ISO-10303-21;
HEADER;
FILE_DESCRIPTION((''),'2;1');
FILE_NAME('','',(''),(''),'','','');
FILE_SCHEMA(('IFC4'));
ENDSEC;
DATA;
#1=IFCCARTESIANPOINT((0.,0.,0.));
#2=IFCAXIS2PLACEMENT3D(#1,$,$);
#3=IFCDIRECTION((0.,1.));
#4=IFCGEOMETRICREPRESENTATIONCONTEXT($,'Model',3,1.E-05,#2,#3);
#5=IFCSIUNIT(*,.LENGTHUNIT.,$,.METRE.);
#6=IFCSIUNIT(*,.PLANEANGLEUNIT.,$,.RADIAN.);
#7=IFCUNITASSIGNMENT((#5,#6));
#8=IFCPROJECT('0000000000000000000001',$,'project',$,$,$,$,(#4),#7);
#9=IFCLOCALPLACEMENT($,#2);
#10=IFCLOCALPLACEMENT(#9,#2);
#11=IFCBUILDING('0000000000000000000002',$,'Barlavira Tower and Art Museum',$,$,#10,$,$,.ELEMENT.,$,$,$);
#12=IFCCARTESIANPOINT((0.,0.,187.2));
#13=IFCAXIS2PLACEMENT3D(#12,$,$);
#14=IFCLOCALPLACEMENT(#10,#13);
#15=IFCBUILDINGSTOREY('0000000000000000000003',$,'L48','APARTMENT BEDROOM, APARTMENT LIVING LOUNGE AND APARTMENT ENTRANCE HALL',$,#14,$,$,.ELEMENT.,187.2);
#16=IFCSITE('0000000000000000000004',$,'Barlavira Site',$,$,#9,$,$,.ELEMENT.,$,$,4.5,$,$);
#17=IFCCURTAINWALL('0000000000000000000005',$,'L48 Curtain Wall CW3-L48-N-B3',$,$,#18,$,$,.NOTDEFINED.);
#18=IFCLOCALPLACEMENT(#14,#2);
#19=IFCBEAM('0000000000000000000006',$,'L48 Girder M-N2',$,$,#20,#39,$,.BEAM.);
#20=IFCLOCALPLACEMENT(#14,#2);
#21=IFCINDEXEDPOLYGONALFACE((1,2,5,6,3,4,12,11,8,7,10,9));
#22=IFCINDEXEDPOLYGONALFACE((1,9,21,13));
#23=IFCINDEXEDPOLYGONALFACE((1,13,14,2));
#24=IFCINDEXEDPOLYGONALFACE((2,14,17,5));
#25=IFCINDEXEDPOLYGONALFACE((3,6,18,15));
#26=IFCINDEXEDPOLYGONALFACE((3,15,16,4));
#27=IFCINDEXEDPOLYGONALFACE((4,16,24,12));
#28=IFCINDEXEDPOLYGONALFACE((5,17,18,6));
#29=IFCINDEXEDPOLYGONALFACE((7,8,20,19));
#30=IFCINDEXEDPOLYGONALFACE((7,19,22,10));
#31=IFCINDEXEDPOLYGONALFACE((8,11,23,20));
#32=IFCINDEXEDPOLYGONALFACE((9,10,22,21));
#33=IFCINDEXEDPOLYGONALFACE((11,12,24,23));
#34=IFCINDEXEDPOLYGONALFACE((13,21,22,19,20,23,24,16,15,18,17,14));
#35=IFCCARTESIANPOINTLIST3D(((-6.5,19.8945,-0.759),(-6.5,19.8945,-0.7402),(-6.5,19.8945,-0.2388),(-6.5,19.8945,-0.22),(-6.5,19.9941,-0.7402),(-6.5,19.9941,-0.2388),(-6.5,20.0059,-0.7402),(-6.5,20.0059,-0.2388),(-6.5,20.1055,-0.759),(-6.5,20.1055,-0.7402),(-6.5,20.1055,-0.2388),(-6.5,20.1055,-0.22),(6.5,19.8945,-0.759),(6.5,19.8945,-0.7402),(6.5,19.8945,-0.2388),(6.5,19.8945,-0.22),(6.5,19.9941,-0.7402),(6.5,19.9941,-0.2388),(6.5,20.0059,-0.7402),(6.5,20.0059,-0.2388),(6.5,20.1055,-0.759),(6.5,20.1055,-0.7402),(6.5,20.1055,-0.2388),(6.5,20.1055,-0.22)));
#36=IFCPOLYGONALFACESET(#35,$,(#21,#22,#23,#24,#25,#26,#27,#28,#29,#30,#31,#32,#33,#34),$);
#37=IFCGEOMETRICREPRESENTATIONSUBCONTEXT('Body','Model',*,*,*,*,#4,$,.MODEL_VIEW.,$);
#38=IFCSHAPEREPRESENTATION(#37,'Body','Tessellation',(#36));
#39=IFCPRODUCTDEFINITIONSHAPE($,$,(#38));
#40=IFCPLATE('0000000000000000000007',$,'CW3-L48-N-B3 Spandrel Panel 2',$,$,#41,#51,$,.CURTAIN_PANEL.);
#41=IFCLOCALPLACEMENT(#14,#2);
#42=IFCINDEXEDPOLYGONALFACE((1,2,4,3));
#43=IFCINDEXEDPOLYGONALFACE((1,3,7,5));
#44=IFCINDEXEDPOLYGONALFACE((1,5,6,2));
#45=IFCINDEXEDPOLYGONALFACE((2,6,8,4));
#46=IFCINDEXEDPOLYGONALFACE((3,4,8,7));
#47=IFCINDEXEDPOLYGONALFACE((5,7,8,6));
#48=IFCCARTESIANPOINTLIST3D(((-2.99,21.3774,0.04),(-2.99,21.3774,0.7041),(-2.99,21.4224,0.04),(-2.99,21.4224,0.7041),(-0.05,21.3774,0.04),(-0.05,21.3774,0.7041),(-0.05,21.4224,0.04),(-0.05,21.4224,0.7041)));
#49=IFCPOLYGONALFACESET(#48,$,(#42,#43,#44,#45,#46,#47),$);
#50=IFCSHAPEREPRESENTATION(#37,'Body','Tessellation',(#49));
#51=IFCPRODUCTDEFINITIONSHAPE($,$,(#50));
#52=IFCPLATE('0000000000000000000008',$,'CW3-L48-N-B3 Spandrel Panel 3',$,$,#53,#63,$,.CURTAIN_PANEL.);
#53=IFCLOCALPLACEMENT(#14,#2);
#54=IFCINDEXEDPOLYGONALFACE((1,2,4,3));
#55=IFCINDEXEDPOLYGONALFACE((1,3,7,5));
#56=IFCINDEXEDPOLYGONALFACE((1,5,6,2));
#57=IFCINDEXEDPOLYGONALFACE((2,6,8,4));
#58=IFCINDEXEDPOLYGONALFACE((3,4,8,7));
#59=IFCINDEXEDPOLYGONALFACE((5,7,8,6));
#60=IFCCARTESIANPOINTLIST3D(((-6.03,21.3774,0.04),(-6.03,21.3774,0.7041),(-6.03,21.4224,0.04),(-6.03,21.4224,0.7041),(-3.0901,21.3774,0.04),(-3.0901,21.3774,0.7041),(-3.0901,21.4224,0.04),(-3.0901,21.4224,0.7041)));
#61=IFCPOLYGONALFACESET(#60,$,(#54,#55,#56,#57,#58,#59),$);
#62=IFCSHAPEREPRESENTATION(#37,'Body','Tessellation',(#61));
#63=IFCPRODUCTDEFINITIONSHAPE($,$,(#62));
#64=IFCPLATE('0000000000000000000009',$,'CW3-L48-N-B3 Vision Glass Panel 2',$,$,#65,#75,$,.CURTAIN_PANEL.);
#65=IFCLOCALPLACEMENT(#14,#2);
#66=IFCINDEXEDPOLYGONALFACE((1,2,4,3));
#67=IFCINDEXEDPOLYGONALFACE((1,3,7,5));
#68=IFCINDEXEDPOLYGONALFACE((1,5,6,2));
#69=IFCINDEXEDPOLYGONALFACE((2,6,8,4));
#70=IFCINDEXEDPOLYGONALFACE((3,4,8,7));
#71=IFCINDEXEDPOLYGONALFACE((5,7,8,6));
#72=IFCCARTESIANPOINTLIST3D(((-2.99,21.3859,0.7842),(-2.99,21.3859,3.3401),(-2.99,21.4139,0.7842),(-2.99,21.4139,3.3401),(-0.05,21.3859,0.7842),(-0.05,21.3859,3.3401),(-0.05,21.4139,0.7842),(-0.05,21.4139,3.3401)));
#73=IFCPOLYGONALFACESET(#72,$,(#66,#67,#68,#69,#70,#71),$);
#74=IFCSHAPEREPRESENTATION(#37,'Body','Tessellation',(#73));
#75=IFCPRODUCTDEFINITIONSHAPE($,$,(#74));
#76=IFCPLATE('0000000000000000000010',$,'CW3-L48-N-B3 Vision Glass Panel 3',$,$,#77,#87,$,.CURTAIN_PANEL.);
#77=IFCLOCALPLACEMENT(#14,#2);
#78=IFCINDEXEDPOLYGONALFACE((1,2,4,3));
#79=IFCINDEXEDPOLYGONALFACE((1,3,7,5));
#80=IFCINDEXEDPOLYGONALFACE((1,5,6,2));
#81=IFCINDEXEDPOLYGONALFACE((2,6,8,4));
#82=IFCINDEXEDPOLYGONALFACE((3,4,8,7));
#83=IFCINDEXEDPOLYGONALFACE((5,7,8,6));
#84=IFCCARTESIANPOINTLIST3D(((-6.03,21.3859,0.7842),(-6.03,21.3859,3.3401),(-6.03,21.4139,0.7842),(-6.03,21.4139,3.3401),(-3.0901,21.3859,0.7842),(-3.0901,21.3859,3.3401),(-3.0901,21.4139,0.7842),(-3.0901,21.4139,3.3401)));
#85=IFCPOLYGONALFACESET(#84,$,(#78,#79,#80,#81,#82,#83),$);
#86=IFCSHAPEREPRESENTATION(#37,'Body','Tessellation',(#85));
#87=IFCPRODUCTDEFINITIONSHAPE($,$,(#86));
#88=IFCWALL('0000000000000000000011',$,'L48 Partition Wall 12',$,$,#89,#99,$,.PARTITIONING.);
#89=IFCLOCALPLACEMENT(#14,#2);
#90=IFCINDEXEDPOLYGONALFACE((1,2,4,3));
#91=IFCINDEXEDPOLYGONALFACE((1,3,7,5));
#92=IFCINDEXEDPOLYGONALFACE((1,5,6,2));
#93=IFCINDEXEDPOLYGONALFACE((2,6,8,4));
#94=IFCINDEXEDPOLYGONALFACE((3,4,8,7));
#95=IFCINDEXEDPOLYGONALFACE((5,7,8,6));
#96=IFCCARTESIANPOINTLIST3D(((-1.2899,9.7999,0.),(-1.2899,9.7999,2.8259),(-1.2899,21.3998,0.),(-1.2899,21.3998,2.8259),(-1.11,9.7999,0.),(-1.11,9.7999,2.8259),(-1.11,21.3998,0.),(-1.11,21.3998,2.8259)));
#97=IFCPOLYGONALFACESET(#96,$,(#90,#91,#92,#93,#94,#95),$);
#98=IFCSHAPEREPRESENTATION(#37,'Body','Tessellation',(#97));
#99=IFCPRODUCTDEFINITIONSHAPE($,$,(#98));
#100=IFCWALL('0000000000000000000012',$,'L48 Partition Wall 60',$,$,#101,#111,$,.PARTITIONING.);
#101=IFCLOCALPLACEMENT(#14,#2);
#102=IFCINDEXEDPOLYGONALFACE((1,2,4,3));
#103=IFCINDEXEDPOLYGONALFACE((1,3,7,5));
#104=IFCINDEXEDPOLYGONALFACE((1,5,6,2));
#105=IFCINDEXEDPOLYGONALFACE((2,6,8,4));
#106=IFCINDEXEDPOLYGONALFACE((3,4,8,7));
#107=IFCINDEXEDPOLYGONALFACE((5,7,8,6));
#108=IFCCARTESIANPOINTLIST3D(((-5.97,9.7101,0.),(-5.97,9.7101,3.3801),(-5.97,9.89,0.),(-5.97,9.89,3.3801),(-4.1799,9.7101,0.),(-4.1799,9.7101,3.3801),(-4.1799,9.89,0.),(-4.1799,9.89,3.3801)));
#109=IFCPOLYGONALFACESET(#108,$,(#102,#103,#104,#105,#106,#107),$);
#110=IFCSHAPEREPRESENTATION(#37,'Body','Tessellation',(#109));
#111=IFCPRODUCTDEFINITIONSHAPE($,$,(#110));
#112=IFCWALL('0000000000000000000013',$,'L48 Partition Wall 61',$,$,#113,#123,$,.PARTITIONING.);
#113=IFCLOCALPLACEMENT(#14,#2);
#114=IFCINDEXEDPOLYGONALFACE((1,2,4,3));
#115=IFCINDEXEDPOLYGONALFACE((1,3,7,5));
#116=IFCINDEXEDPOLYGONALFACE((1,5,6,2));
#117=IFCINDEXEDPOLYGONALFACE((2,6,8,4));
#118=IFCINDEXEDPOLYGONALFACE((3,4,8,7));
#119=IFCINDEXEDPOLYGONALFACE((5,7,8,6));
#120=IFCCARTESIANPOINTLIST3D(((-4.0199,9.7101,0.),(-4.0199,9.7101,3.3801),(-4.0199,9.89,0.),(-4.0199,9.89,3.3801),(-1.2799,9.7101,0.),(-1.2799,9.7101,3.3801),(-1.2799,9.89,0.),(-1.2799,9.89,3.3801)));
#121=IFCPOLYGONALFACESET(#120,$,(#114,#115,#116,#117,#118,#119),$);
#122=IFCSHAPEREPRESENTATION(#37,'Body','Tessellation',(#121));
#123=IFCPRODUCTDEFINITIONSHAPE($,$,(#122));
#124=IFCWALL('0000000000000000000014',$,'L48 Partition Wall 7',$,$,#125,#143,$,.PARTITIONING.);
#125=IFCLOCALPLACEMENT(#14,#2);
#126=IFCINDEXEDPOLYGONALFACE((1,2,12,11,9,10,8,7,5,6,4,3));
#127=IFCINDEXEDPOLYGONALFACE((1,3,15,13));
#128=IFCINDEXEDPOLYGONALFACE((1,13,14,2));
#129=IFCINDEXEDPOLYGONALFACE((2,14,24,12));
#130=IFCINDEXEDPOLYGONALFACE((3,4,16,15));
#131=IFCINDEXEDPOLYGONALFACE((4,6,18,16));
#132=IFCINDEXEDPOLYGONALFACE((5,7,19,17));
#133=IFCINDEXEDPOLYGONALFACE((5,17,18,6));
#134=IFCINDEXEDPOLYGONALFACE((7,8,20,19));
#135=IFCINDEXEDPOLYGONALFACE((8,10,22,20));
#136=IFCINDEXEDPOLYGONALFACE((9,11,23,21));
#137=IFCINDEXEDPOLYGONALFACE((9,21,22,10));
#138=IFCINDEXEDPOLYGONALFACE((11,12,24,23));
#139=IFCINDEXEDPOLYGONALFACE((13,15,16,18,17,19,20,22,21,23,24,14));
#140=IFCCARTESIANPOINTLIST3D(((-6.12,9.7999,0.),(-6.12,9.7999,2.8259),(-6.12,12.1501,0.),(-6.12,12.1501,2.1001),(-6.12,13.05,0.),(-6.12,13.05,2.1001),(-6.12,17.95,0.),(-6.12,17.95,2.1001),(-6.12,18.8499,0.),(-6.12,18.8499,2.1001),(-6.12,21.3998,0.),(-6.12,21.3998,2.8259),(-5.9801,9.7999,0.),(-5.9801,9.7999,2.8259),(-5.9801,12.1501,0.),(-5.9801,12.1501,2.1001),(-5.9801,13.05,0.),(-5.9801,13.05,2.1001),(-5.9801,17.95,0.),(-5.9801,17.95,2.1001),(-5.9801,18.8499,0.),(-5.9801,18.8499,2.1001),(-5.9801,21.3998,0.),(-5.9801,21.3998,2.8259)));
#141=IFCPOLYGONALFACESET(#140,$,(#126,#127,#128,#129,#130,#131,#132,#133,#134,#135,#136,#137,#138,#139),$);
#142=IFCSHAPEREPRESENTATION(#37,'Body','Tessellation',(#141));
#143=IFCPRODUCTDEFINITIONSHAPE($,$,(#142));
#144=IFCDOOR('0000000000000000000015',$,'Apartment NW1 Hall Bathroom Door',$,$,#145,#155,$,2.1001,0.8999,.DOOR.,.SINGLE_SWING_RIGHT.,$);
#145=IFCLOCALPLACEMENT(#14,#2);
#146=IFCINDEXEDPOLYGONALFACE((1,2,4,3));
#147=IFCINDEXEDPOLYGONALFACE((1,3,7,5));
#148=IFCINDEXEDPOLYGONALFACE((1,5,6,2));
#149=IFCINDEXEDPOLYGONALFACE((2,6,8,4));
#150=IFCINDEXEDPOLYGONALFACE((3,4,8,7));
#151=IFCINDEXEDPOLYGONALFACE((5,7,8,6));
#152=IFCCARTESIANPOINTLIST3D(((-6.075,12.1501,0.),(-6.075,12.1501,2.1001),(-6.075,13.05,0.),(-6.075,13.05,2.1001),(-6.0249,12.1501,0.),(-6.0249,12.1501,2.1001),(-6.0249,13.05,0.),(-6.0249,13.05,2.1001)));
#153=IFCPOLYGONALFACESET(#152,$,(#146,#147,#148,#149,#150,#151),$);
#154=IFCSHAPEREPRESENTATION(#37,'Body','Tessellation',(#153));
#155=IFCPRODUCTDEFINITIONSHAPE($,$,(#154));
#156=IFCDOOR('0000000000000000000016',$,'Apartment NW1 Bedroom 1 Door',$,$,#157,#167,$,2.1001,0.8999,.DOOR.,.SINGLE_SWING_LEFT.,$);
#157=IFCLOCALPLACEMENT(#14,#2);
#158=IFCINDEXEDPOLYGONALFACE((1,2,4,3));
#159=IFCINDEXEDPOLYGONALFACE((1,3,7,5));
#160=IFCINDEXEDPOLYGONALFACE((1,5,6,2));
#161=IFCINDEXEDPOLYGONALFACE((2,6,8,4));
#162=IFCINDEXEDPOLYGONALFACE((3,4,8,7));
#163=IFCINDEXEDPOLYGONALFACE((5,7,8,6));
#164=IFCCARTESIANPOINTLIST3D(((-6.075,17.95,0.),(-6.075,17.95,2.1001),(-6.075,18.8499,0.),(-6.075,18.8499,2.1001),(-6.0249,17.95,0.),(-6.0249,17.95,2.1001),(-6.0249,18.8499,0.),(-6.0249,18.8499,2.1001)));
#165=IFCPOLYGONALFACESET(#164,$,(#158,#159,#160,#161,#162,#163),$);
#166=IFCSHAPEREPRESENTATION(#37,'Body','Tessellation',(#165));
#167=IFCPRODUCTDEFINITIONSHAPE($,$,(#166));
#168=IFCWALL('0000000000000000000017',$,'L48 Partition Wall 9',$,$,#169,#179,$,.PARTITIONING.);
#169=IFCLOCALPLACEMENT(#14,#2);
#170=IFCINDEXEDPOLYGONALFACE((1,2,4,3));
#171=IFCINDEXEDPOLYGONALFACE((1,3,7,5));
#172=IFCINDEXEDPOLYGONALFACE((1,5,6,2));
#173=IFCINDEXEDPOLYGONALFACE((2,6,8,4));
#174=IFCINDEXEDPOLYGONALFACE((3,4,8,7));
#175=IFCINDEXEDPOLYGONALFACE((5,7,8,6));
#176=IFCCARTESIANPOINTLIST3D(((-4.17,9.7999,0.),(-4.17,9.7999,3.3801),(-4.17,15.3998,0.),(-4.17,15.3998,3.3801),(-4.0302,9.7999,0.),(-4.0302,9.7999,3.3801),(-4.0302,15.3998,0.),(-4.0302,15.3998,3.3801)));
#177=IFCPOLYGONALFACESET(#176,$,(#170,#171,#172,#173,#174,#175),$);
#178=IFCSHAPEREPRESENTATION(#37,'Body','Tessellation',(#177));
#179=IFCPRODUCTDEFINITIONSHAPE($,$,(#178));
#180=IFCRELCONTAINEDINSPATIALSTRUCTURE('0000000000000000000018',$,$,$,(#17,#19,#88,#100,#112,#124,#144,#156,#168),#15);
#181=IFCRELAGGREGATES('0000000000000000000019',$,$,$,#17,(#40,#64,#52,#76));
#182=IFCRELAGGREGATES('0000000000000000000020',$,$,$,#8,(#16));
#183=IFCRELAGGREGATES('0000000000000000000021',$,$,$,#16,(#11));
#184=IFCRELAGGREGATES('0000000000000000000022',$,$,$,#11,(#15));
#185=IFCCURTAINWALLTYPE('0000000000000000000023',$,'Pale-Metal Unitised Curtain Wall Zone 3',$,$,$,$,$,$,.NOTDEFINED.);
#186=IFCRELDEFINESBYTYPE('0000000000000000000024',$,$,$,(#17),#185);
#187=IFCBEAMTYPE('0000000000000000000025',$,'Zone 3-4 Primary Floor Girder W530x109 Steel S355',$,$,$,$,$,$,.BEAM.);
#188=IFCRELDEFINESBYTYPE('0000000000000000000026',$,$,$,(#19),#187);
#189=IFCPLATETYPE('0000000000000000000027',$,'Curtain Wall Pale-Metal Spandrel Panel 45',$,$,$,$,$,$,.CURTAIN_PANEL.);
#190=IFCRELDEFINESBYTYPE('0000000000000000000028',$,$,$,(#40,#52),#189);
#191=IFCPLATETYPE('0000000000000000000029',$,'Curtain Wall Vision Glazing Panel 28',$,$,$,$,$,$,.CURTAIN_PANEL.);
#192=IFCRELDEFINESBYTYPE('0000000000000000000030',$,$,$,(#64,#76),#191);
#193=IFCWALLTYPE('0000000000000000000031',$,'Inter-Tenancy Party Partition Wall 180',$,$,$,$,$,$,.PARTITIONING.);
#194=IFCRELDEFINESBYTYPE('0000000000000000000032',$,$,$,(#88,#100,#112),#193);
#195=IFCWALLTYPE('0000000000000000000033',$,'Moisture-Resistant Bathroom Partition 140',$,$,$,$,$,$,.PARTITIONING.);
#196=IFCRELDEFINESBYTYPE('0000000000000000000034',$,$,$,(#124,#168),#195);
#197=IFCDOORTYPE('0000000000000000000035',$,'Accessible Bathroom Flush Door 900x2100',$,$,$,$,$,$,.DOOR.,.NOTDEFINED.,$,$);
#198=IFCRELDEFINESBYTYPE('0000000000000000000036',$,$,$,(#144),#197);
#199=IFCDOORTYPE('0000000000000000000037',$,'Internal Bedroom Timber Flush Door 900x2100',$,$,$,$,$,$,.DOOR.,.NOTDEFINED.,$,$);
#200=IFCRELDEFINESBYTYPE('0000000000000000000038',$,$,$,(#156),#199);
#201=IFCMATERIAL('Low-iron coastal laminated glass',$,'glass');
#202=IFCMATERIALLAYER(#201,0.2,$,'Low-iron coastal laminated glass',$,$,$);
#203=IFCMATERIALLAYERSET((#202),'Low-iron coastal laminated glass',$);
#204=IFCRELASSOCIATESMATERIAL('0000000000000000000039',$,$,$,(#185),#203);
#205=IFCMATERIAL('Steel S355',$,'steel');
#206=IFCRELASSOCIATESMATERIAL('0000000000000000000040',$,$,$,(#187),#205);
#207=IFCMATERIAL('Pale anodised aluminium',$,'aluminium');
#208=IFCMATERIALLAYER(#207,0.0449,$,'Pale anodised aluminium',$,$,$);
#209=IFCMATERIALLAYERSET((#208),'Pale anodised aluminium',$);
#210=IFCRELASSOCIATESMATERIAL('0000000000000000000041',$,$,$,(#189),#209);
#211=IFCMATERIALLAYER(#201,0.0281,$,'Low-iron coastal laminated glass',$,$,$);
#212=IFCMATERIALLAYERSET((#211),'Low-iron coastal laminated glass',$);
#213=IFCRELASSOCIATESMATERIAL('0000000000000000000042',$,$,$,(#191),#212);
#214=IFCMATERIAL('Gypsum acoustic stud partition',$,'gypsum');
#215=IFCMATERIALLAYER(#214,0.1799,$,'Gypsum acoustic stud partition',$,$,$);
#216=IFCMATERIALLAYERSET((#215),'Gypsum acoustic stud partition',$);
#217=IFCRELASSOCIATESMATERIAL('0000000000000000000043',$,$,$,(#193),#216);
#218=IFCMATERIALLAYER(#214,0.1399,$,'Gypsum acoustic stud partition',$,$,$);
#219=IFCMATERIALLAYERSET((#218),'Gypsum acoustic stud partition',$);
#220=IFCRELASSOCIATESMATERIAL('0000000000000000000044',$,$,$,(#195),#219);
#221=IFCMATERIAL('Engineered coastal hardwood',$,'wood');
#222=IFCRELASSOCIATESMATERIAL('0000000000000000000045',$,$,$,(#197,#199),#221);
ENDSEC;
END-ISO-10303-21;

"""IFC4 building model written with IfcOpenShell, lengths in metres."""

from ifc_helpers import new_model, si_unit, direction, frame, frame_2d, origin, origin_2d, place, context, subcontext, project, spatial, rectangle, i_section, extrude, material, layer, layer_set, material_profile, profile_set, type_object, element, fill, aggregate, save


model = new_model("IFC4")

# Units and contexts
model_context = context("Model", 3, precision=1e-05, world=origin(), true_north=direction((0.0, 1.0)))
body_context = subcontext(model_context, "Body", "Model", "MODEL_VIEW")
ifc_project = project(units=[si_unit("LENGTHUNIT", "METRE"), si_unit("PLANEANGLEUNIT", "RADIAN")], contexts=[model_context])

# Site, building, storey
site_placement = place(None, origin())
site = spatial("IfcSite", under=ifc_project, at=site_placement, Name="Barlavira Site", CompositionType="ELEMENT", RefElevation=4.5)
building_placement = place(site_placement, origin())
building = spatial("IfcBuilding", under=site, at=building_placement, Name="Barlavira Tower and Art Museum", CompositionType="ELEMENT")
storey_placement = place(building_placement, frame((0.0, 0.0, 187.2)))
storey = spatial("IfcBuildingStorey", under=building, at=storey_placement, Name="L48", Description="APARTMENT BEDROOM, APARTMENT LIVING LOUNGE AND APARTMENT ENTRANCE HALL", CompositionType="ELEMENT", Elevation=187.2)

# Curtain wall
ifc_material_1 = material(Name="Low-iron coastal laminated glass", Category="glass")
ifc_layer_1 = layer(ifc_material_1, 0.2, Name="Low-iron coastal laminated glass")
ifc_layer_set_1 = layer_set([ifc_layer_1], Name="Low-iron coastal laminated glass")
curtain_wall_type = type_object("IfcCurtainWallType", Name="Pale-Metal Unitised Curtain Wall Zone 3", PredefinedType="NOTDEFINED", material=ifc_layer_set_1)
curtain_wall_placement = place(storey_placement, origin())
curtain_wall = element("IfcCurtainWall", 1, at=curtain_wall_placement, inside=storey, type_object=curtain_wall_type, Name="L48 Curtain Wall CW3-L48-N-B3", PredefinedType="NOTDEFINED")
ifc_material_2 = material(Name="Pale anodised aluminium", Category="aluminium")

# Beam
ifc_material_3 = material(Name="Steel S355", Category="steel")
ifc_material_profile_1 = material_profile(ifc_material_3, i_section(OverallWidth=0.2109, OverallDepth=0.5391, WebThickness=0.0117, FlangeThickness=0.0188, at=origin_2d()), Name="W530x109.0")
ifc_profile_set_1 = profile_set([ifc_material_profile_1], Name="Steel S355")
beam_type_1 = type_object("IfcBeamType", Name="Zone 3-4 Primary Floor Girder W530x109 Steel S355", PredefinedType="BEAM", material=ifc_profile_set_1)
beam_1_placement = place(storey_placement, frame((-6.5, 20.0, -0.4895), z_axis=(1.0, 0.0, 0.0), x_axis=(0.0, 1.0, 0.0)))
element("IfcBeam", 2, at=beam_1_placement, inside=storey, type_object=beam_type_1, Name="L48 Girder M-N2", PredefinedType="BEAM", context=body_context, shape_type="SweptSolid", body=[
    extrude(i_section(OverallWidth=0.2109, OverallDepth=0.5391, WebThickness=0.0117, FlangeThickness=0.0188, at=origin_2d()), origin(), (0.0, 0.0, 1.0), 13.0),
])

# Plates
ifc_layer_2 = layer(ifc_material_2, 0.0449, Name="Pale anodised aluminium")
ifc_layer_set_2 = layer_set([ifc_layer_2], Name="Pale anodised aluminium")
plate_type_1 = type_object("IfcPlateType", Name="Curtain Wall Pale-Metal Spandrel Panel 45", PredefinedType="CURTAIN_PANEL", material=ifc_layer_set_2)
plate_1_placement = place(storey_placement, frame((-1.52, 21.3999, 0.04), z_axis=(0.0, 0.0, 1.0), x_axis=(-1.0, 0.0, 0.0)))
plate_1 = element("IfcPlate", 3, at=plate_1_placement, type_object=plate_type_1, Name="CW3-L48-N-B3 Spandrel Panel 2", PredefinedType="CURTAIN_PANEL", context=body_context, shape_type="SweptSolid", body=[
    extrude(rectangle(XDim=2.9399, YDim=0.0449, at=origin_2d()), origin(), (0.0, 0.0, 1.0), 0.6641),
])
plate_2_placement = place(storey_placement, frame((-4.5601, 21.3999, 0.04), z_axis=(0.0, 0.0, 1.0), x_axis=(-1.0, 0.0, 0.0)))
plate_2 = element("IfcPlate", 4, at=plate_2_placement, type_object=plate_type_1, Name="CW3-L48-N-B3 Spandrel Panel 3", PredefinedType="CURTAIN_PANEL", context=body_context, shape_type="SweptSolid", body=[
    extrude(rectangle(XDim=2.9399, YDim=0.0449, at=origin_2d()), origin(), (0.0, 0.0, 1.0), 0.6641),
])
ifc_layer_3 = layer(ifc_material_1, 0.0281, Name="Low-iron coastal laminated glass")
ifc_layer_set_3 = layer_set([ifc_layer_3], Name="Low-iron coastal laminated glass")
plate_type_2 = type_object("IfcPlateType", Name="Curtain Wall Vision Glazing Panel 28", PredefinedType="CURTAIN_PANEL", material=ifc_layer_set_3)
plate_3_placement = place(storey_placement, frame((-1.52, 21.3999, 0.7842), z_axis=(0.0, 0.0, 1.0), x_axis=(-1.0, 0.0, 0.0)))
plate_3 = element("IfcPlate", 5, at=plate_3_placement, type_object=plate_type_2, Name="CW3-L48-N-B3 Vision Glass Panel 2", PredefinedType="CURTAIN_PANEL", context=body_context, shape_type="SweptSolid", body=[
    extrude(rectangle(XDim=2.9399, YDim=0.0281, at=origin_2d()), origin(), (0.0, 0.0, 1.0), 2.5559),
])
plate_4_placement = place(storey_placement, frame((-4.5601, 21.3999, 0.7842), z_axis=(0.0, 0.0, 1.0), x_axis=(-1.0, 0.0, 0.0)))
plate_4 = element("IfcPlate", 6, at=plate_4_placement, type_object=plate_type_2, Name="CW3-L48-N-B3 Vision Glass Panel 3", PredefinedType="CURTAIN_PANEL", context=body_context, shape_type="SweptSolid", body=[
    extrude(rectangle(XDim=2.9399, YDim=0.0281, at=origin_2d()), origin(), (0.0, 0.0, 1.0), 2.5559),
])
aggregate(curtain_wall, [plate_1, plate_3, plate_2, plate_4])

# Walls
ifc_material_4 = material(Name="Gypsum acoustic stud partition", Category="gypsum")
ifc_layer_4 = layer(ifc_material_4, 0.1799, Name="Gypsum acoustic stud partition")
ifc_layer_set_4 = layer_set([ifc_layer_4], Name="Gypsum acoustic stud partition")
wall_type_1 = type_object("IfcWallType", Name="Inter-Tenancy Party Partition Wall 180", PredefinedType="PARTITIONING", material=ifc_layer_set_4)
wall_1_placement = place(storey_placement, frame((-1.2, 9.8, 0.0), z_axis=(0.0, 0.0, 1.0), x_axis=(0.0, 1.0, 0.0)))
element("IfcWall", 7, at=wall_1_placement, inside=storey, type_object=wall_type_1, Name="L48 Partition Wall 12", PredefinedType="PARTITIONING", context=body_context, shape_type="SweptSolid", body=[
    extrude(rectangle(XDim=11.5999, YDim=0.1799, at=frame_2d((5.7998, 0.0))), origin(), (0.0, 0.0, 1.0), 2.8259),
])
wall_2_placement = place(storey_placement, frame((-5.97, 9.8, 0.0), z_axis=(0.0, 0.0, 1.0), x_axis=(1.0, 0.0, 0.0)))
element("IfcWall", 8, at=wall_2_placement, inside=storey, type_object=wall_type_1, Name="L48 Partition Wall 60", PredefinedType="PARTITIONING", context=body_context, shape_type="SweptSolid", body=[
    extrude(rectangle(XDim=1.79, YDim=0.1799, at=frame_2d((0.895, 0.0))), origin(), (0.0, 0.0, 1.0), 3.3801),
])
wall_3_placement = place(storey_placement, frame((-4.02, 9.8, 0.0), z_axis=(0.0, 0.0, 1.0), x_axis=(1.0, 0.0, 0.0)))
element("IfcWall", 9, at=wall_3_placement, inside=storey, type_object=wall_type_1, Name="L48 Partition Wall 61", PredefinedType="PARTITIONING", context=body_context, shape_type="SweptSolid", body=[
    extrude(rectangle(XDim=2.74, YDim=0.1799, at=frame_2d((1.3701, 0.0))), origin(), (0.0, 0.0, 1.0), 3.3801),
])

# Wall, openings, doors
ifc_layer_5 = layer(ifc_material_4, 0.1399, Name="Gypsum acoustic stud partition")
ifc_layer_set_5 = layer_set([ifc_layer_5], Name="Gypsum acoustic stud partition")
wall_type_2 = type_object("IfcWallType", Name="Moisture-Resistant Bathroom Partition 140", PredefinedType="PARTITIONING", material=ifc_layer_set_5)
wall_4_placement = place(storey_placement, frame((-6.05, 9.8, 0.0), z_axis=(0.0, 0.0, 1.0), x_axis=(0.0, 1.0, 0.0)))
wall_4 = element("IfcWall", 10, at=wall_4_placement, inside=storey, type_object=wall_type_2, Name="L48 Partition Wall 7", PredefinedType="PARTITIONING", context=body_context, shape_type="SweptSolid", body=[
    extrude(rectangle(XDim=11.5999, YDim=0.1399, at=frame_2d((5.7998, 0.0))), origin(), (0.0, 0.0, 1.0), 2.8259),
])
opening_1_placement = place(wall_4_placement, frame((2.3501, 0.0, 0.0)))
opening_1 = element("IfcOpeningElement", 11, at=opening_1_placement, cuts=wall_4, PredefinedType="OPENING", context=body_context, shape_type="SweptSolid", body=[
    extrude(rectangle(XDim=0.8999, YDim=2.1001, at=frame_2d((0.45, 1.05))), frame((0.0, 0.0801, 0.0), z_axis=(0.0, -1.0, 0.0), x_axis=(1.0, 0.0, 0.0)), (0.0, 0.0, 1.0), 0.1599),
])
opening_2_placement = place(wall_4_placement, frame((8.1499, 0.0, 0.0)))
opening_2 = element("IfcOpeningElement", 12, at=opening_2_placement, cuts=wall_4, PredefinedType="OPENING", context=body_context, shape_type="SweptSolid", body=[
    extrude(rectangle(XDim=0.8999, YDim=2.1001, at=frame_2d((0.45, 1.05))), frame((0.0, 0.0801, 0.0), z_axis=(0.0, -1.0, 0.0), x_axis=(1.0, 0.0, 0.0)), (0.0, 0.0, 1.0), 0.1599),
])
ifc_material_5 = material(Name="Engineered coastal hardwood", Category="wood")
door_type_1 = type_object("IfcDoorType", Name="Accessible Bathroom Flush Door 900x2100", OperationType="NOTDEFINED", PredefinedType="DOOR", material=ifc_material_5)
door_1_placement = place(opening_1_placement, origin())
door_1 = element("IfcDoor", 13, at=door_1_placement, inside=storey, type_object=door_type_1, Name="Apartment NW1 Hall Bathroom Door", OperationType="SINGLE_SWING_RIGHT", OverallHeight=2.1001, OverallWidth=0.8999, PredefinedType="DOOR", context=body_context, shape_type="SweptSolid", body=[
    extrude(rectangle(XDim=0.8999, YDim=2.1001, at=frame_2d((0.45, 1.05))), frame((0.0, 0.0249, 0.0), z_axis=(0.0, -1.0, 0.0), x_axis=(1.0, 0.0, 0.0)), (0.0, 0.0, 1.0), 0.05),
])
fill(opening_1, door_1)
door_type_2 = type_object("IfcDoorType", Name="Internal Bedroom Timber Flush Door 900x2100", OperationType="NOTDEFINED", PredefinedType="DOOR", material=ifc_material_5)
door_2_placement = place(opening_2_placement, origin())
door_2 = element("IfcDoor", 14, at=door_2_placement, inside=storey, type_object=door_type_2, Name="Apartment NW1 Bedroom 1 Door", OperationType="SINGLE_SWING_LEFT", OverallHeight=2.1001, OverallWidth=0.8999, PredefinedType="DOOR", context=body_context, shape_type="SweptSolid", body=[
    extrude(rectangle(XDim=0.8999, YDim=2.1001, at=frame_2d((0.45, 1.05))), frame((0.0, 0.0249, 0.0), z_axis=(0.0, -1.0, 0.0), x_axis=(1.0, 0.0, 0.0)), (0.0, 0.0, 1.0), 0.05),
])
fill(opening_2, door_2)

# Wall
wall_5_placement = place(storey_placement, frame((-4.1001, 9.8, 0.0), z_axis=(0.0, 0.0, 1.0), x_axis=(0.0, 1.0, 0.0)))
element("IfcWall", 15, at=wall_5_placement, inside=storey, type_object=wall_type_2, Name="L48 Partition Wall 9", PredefinedType="PARTITIONING", context=body_context, shape_type="SweptSolid", body=[
    extrude(rectangle(XDim=5.5999, YDim=0.1399, at=frame_2d((2.7998, 0.0))), origin(), (0.0, 0.0, 1.0), 3.3801),
])

save(model, "model.ifc")
